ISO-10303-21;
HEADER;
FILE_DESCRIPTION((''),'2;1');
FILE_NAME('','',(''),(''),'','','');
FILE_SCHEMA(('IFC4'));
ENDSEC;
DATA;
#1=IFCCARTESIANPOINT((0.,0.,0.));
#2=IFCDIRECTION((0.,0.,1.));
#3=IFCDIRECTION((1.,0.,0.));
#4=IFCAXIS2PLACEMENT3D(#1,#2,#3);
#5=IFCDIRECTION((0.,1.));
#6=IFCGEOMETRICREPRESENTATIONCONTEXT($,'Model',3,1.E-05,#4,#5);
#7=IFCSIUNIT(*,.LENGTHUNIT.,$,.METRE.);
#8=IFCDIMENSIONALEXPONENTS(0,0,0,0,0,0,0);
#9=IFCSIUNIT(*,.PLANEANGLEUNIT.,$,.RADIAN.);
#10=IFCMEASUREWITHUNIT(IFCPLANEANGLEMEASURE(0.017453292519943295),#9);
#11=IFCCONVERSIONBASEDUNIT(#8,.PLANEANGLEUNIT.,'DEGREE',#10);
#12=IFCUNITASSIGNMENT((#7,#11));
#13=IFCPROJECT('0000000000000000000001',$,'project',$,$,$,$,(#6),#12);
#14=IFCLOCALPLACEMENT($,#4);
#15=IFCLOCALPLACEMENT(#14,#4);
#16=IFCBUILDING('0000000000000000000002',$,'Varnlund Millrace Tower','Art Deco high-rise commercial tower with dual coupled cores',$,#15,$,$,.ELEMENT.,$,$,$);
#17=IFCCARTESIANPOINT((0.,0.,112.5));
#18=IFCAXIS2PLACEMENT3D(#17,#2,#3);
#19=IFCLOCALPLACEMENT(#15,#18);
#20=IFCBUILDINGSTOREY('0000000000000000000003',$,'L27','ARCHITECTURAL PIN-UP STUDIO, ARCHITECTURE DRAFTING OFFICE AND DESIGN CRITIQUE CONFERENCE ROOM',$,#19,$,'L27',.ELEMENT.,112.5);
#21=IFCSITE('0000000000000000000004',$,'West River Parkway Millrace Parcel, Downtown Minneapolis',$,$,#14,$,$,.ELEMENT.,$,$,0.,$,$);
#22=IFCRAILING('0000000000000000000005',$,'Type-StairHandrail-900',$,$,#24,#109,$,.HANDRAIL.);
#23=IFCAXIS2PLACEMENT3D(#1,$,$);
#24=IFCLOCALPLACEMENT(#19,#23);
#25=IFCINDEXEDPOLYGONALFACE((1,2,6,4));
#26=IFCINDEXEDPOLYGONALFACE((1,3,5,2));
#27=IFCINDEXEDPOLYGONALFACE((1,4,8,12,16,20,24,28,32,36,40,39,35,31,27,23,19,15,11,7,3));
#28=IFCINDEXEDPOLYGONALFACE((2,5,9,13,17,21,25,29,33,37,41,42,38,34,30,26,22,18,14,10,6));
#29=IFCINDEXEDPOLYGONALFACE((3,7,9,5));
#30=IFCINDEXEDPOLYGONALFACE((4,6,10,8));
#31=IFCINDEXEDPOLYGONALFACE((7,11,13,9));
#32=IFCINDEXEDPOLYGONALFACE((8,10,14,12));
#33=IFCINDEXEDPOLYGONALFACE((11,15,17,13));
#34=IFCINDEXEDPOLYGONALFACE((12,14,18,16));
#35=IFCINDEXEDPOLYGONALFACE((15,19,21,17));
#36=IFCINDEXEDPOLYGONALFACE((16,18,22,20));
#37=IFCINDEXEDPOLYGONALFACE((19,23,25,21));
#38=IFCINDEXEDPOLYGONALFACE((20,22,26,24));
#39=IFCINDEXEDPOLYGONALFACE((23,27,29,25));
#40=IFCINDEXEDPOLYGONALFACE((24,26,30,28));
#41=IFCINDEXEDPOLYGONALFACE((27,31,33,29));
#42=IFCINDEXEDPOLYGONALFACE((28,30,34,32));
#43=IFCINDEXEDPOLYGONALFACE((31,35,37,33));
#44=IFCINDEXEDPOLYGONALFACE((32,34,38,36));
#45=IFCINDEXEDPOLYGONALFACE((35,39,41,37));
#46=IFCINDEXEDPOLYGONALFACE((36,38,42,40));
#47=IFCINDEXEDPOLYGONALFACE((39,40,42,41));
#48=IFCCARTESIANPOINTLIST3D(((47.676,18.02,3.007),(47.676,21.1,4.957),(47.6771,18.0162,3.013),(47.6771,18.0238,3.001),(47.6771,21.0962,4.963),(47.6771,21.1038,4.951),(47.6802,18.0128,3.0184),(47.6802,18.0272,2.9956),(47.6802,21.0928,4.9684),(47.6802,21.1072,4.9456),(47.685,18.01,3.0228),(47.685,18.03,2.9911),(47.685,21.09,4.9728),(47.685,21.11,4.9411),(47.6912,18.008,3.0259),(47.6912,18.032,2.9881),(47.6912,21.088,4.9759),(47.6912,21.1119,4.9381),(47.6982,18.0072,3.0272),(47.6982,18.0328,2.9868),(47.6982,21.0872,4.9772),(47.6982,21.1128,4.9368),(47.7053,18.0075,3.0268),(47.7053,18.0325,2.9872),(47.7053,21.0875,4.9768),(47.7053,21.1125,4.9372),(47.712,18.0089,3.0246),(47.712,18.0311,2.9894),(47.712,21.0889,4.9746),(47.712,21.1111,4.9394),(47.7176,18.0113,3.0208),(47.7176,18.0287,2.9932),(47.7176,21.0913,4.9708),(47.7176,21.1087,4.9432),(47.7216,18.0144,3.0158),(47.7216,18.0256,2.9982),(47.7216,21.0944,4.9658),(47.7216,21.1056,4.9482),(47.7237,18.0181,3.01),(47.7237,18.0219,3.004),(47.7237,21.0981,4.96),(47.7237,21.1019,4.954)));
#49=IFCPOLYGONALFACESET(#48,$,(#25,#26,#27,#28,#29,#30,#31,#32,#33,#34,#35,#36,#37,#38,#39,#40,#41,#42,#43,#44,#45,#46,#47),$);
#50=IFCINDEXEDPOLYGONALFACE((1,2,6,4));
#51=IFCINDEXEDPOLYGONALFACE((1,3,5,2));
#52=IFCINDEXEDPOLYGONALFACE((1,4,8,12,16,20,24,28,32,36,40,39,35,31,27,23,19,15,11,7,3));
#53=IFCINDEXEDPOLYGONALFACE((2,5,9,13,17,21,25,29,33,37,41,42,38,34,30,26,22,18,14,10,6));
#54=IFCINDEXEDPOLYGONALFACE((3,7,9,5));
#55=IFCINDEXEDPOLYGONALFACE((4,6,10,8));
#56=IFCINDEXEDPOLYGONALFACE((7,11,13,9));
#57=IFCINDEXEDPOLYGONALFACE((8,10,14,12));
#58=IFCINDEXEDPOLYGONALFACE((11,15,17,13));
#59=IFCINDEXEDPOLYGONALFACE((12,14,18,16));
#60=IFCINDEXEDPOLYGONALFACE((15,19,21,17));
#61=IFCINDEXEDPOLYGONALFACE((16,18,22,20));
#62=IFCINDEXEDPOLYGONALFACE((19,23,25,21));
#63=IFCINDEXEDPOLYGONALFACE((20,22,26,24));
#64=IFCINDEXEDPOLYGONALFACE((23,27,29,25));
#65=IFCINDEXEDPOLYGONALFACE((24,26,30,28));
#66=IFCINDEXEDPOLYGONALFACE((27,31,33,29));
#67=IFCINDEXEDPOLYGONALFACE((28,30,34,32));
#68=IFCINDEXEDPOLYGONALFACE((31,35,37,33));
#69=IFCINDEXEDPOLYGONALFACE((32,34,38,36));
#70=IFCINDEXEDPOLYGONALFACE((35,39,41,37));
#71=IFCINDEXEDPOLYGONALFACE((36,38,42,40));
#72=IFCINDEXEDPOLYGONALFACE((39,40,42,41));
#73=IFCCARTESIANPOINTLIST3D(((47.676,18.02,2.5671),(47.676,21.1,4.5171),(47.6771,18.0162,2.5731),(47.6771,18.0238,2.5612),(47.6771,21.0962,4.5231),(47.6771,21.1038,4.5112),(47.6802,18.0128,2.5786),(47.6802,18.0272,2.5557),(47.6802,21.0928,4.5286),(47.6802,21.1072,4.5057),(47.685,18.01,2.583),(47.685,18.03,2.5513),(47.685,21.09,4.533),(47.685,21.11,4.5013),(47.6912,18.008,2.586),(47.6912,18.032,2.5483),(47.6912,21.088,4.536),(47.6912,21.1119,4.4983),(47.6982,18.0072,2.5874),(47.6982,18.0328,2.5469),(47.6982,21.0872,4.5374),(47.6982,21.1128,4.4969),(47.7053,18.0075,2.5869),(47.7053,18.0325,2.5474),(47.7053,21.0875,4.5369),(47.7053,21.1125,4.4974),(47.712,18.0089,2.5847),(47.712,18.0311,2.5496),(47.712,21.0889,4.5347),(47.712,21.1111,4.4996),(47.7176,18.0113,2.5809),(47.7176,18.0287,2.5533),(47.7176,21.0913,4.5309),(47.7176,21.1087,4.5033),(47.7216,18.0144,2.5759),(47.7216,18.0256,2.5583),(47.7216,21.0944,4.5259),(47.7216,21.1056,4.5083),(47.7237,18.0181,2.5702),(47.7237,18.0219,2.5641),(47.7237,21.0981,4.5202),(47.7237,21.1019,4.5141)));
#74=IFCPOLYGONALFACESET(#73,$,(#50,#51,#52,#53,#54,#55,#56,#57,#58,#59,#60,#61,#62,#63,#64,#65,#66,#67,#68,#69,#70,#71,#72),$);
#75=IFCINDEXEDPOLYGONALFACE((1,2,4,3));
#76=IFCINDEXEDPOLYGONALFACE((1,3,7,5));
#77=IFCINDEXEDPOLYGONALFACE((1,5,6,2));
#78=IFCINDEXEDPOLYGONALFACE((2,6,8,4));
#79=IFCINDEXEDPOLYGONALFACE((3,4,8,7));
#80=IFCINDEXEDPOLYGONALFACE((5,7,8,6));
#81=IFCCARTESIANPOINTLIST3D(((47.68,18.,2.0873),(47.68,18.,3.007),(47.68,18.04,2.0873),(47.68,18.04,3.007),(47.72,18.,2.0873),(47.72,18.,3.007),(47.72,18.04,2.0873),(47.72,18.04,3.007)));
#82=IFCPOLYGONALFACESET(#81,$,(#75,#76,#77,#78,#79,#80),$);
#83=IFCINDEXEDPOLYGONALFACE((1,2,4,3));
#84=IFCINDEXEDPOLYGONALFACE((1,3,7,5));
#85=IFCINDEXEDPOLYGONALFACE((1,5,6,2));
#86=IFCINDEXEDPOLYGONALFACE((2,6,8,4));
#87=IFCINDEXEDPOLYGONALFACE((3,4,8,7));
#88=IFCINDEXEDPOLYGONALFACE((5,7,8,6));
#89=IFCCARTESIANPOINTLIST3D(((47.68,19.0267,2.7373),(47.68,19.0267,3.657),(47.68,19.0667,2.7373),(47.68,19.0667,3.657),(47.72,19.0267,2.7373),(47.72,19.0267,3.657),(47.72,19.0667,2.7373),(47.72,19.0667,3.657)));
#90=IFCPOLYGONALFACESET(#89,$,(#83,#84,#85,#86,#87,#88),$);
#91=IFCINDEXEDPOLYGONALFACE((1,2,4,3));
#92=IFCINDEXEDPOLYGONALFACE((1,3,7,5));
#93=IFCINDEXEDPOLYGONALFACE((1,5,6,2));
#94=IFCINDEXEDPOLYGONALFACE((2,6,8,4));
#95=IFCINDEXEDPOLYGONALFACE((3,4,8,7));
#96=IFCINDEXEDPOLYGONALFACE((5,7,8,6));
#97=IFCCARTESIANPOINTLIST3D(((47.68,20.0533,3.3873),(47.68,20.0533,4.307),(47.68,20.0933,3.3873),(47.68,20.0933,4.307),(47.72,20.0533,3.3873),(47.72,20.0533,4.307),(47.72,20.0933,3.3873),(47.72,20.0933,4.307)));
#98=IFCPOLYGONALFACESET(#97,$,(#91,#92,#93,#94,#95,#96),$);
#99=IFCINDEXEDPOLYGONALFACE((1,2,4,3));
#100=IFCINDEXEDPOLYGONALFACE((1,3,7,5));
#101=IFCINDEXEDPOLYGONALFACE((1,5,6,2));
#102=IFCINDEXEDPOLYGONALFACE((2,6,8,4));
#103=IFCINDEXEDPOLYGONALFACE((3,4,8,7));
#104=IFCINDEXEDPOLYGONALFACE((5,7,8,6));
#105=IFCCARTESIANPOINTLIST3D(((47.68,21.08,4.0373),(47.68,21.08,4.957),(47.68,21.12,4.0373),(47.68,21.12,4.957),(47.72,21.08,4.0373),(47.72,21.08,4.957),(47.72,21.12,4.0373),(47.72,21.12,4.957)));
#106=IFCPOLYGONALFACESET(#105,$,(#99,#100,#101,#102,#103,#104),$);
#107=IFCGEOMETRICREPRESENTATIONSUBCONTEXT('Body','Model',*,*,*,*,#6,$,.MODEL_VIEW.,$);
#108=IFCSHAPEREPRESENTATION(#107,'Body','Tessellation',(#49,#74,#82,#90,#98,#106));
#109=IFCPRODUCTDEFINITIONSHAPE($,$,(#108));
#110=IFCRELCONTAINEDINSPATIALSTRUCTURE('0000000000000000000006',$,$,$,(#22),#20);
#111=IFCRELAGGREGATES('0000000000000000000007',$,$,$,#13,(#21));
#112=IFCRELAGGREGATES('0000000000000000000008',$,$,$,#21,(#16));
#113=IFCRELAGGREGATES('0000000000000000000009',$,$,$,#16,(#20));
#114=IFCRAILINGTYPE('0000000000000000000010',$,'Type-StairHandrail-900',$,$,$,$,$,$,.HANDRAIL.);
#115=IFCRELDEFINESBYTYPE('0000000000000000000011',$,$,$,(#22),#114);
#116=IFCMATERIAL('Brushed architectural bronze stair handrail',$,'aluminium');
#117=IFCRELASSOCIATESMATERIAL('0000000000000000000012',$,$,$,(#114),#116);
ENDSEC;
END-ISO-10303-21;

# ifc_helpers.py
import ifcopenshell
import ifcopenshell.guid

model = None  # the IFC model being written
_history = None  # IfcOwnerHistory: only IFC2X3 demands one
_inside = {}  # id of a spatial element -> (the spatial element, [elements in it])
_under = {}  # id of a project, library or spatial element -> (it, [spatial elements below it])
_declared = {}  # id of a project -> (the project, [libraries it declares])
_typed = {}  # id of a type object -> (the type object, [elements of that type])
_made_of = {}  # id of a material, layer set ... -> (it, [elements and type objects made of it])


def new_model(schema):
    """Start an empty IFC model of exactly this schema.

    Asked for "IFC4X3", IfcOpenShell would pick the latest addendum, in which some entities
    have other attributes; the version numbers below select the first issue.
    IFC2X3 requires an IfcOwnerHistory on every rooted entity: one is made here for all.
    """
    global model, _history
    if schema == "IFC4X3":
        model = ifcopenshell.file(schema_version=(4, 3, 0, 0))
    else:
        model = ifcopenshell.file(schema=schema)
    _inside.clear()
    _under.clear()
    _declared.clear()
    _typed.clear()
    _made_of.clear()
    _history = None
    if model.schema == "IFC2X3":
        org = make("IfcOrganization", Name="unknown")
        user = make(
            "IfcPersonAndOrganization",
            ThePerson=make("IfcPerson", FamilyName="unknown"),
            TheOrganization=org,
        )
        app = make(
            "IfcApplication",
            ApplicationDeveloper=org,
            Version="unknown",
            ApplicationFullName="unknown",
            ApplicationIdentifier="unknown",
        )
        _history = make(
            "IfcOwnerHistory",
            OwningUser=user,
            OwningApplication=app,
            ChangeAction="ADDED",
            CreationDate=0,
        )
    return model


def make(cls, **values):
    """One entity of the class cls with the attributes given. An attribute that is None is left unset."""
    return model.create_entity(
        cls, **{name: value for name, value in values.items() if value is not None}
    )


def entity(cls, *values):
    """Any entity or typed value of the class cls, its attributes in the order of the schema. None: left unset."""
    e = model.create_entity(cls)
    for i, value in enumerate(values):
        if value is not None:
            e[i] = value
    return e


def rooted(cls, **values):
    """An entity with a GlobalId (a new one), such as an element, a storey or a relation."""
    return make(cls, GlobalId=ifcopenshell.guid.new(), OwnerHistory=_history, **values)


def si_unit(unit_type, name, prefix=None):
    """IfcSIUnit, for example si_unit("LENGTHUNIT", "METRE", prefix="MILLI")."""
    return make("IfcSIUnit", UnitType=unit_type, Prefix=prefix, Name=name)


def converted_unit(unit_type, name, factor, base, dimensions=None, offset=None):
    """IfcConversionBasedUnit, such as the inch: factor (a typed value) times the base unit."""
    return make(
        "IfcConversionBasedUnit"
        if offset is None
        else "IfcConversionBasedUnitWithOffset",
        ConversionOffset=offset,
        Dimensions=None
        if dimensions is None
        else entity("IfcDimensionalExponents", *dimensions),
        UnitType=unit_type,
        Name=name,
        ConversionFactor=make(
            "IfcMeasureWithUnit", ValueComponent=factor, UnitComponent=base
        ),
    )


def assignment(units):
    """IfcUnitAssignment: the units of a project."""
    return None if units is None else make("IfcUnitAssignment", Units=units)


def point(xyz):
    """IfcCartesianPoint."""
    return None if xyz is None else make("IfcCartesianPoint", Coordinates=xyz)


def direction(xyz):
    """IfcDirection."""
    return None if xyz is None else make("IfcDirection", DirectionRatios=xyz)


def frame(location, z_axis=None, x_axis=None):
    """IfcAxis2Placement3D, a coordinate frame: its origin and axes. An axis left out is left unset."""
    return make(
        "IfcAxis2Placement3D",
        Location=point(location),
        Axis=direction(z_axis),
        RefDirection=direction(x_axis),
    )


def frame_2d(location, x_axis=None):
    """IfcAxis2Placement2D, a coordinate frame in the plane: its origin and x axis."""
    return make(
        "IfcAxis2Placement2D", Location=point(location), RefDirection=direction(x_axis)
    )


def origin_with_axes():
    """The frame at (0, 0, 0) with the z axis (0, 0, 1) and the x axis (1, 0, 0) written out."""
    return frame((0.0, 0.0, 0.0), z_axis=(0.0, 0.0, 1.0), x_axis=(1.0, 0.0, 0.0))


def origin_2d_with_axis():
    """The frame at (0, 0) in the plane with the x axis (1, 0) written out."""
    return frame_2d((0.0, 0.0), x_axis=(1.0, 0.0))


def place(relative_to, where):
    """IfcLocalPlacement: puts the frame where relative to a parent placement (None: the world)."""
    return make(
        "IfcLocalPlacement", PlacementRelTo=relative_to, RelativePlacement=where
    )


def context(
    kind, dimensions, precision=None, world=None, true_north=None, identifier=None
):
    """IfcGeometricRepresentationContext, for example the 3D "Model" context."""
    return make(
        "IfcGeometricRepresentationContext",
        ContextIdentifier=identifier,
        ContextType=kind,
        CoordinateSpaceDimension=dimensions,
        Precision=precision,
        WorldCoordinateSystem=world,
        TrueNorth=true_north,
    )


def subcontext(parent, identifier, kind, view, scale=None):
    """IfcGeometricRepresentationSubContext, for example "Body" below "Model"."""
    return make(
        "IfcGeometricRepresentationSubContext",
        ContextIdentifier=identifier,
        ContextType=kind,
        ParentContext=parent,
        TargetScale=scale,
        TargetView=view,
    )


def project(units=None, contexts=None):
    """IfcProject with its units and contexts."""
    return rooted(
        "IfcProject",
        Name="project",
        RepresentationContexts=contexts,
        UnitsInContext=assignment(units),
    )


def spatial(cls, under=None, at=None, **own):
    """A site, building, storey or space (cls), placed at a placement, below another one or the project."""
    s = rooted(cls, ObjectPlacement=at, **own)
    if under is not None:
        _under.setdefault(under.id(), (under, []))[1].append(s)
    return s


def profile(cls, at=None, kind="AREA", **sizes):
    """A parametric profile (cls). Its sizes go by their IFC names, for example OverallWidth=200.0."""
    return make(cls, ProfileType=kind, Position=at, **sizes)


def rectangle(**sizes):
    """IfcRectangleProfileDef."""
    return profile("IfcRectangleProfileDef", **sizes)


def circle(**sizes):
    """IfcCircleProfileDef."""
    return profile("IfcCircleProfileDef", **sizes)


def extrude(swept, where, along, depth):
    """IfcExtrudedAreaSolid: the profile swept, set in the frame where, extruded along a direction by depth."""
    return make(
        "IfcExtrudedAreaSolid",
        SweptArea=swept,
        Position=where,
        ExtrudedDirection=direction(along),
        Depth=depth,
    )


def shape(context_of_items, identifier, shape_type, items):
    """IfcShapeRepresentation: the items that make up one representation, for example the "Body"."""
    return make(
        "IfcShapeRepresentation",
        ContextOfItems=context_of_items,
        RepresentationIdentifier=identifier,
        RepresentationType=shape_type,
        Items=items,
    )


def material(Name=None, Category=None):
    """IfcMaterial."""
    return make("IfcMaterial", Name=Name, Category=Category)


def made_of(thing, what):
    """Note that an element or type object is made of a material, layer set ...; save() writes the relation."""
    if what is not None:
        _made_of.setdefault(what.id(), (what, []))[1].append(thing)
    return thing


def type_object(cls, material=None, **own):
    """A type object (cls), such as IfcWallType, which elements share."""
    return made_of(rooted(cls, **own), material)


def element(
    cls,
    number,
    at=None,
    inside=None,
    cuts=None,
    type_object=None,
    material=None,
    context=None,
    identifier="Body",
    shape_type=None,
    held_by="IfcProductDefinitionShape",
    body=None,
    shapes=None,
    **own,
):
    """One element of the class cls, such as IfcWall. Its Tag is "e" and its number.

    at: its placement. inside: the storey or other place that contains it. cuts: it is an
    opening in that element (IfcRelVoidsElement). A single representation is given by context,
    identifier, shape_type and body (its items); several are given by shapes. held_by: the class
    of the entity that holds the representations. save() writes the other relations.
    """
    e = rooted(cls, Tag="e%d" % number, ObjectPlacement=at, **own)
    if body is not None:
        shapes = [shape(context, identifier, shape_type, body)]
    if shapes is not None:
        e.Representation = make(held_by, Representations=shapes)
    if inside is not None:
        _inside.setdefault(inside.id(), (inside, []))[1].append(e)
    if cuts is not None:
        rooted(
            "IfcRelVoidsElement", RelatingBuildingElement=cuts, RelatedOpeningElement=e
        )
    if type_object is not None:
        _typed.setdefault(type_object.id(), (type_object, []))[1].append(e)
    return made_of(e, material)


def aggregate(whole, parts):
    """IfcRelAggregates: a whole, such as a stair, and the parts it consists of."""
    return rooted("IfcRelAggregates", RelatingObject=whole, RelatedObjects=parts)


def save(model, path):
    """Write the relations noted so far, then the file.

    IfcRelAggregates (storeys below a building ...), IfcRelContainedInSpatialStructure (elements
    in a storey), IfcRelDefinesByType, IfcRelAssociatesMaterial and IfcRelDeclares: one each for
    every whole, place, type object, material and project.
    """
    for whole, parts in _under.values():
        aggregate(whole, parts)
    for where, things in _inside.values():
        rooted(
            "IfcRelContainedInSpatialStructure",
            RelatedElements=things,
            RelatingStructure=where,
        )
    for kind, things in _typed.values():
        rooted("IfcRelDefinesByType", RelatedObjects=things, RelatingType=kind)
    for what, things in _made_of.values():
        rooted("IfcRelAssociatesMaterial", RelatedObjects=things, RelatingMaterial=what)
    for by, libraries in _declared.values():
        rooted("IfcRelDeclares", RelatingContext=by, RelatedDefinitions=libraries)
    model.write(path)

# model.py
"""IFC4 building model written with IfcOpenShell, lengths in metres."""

from ifc_helpers import new_model, entity, si_unit, converted_unit, direction, frame, origin_with_axes, origin_2d_with_axis, place, context, subcontext, project, spatial, rectangle, circle, extrude, material, type_object, element, save


model = new_model("IFC4")

# Units and contexts
model_context = context("Model", 3, precision=1e-05, world=origin_with_axes(), true_north=direction((0.0, 1.0)))
body_context = subcontext(model_context, "Body", "Model", "MODEL_VIEW")
ifc_project = project(units=[si_unit("LENGTHUNIT", "METRE"), converted_unit("PLANEANGLEUNIT", "DEGREE", entity("IfcPlaneAngleMeasure", 0.017453292519943295), si_unit("PLANEANGLEUNIT", "RADIAN"), dimensions=[0, 0, 0, 0, 0, 0, 0])], contexts=[model_context])

# Site, building, storey
site_placement = place(None, origin_with_axes())
site = spatial("IfcSite", under=ifc_project, at=site_placement, Name="West River Parkway Millrace Parcel, Downtown Minneapolis", CompositionType="ELEMENT", RefElevation=0.0)
building_placement = place(site_placement, origin_with_axes())
building = spatial("IfcBuilding", under=site, at=building_placement, Name="Varnlund Millrace Tower", Description="Art Deco high-rise commercial tower with dual coupled cores", CompositionType="ELEMENT")
storey_placement = place(building_placement, frame((0.0, 0.0, 112.5), z_axis=(0.0, 0.0, 1.0), x_axis=(1.0, 0.0, 0.0)))
storey = spatial("IfcBuildingStorey", under=building, at=storey_placement, Name="L27", Description="ARCHITECTURAL PIN-UP STUDIO, ARCHITECTURE DRAFTING OFFICE AND DESIGN CRITIQUE CONFERENCE ROOM", LongName="L27", CompositionType="ELEMENT", Elevation=112.5)

# Railing
ifc_material_1 = material(Name="Brushed architectural bronze stair handrail", Category="aluminium")
railing_type_1 = type_object("IfcRailingType", Name="Type-StairHandrail-900", PredefinedType="HANDRAIL", material=ifc_material_1)
railing_1_placement = place(storey_placement, frame((0.0, 0.0, -112.5), z_axis=(0.0, 0.0, 1.0), x_axis=(1.0, 0.0, 0.0)))
element("IfcRailing", 1, at=railing_1_placement, inside=storey, type_object=railing_type_1, Name="Type-StairHandrail-900", PredefinedType="HANDRAIL", context=body_context, shape_type="SweptSolid", body=[
    extrude(circle(Radius=0.024, at=origin_2d_with_axis()), frame((47.7, 18.02, 115.507), z_axis=(0.0, 0.844902, 0.534922), x_axis=(-1.0, 0.0, 0.0)), (0.0, 0.0, 1.0), 3.6454),
    extrude(circle(Radius=0.024, at=origin_2d_with_axis()), frame((47.7, 18.02, 115.0671), z_axis=(0.0, 0.844902, 0.534922), x_axis=(-1.0, 0.0, 0.0)), (0.0, 0.0, 1.0), 3.6454),
    extrude(rectangle(XDim=0.04, YDim=0.04, at=origin_2d_with_axis()), frame((47.7, 18.02, 114.5873), z_axis=(0.0, 0.0, 1.0), x_axis=(1.0, 0.0, 0.0)), (0.0, 0.0, 1.0), 0.9197),
    extrude(rectangle(XDim=0.04, YDim=0.04, at=origin_2d_with_axis()), frame((47.7, 19.0467, 115.2373), z_axis=(0.0, 0.0, 1.0), x_axis=(1.0, 0.0, 0.0)), (0.0, 0.0, 1.0), 0.9197),
    extrude(rectangle(XDim=0.04, YDim=0.04, at=origin_2d_with_axis()), frame((47.7, 20.0733, 115.8873), z_axis=(0.0, 0.0, 1.0), x_axis=(1.0, 0.0, 0.0)), (0.0, 0.0, 1.0), 0.9197),
    extrude(rectangle(XDim=0.04, YDim=0.04, at=origin_2d_with_axis()), frame((47.7, 21.1, 116.5373), z_axis=(0.0, 0.0, 1.0), x_axis=(1.0, 0.0, 0.0)), (0.0, 0.0, 1.0), 0.9197),
])

save(model, "model.ifc")
